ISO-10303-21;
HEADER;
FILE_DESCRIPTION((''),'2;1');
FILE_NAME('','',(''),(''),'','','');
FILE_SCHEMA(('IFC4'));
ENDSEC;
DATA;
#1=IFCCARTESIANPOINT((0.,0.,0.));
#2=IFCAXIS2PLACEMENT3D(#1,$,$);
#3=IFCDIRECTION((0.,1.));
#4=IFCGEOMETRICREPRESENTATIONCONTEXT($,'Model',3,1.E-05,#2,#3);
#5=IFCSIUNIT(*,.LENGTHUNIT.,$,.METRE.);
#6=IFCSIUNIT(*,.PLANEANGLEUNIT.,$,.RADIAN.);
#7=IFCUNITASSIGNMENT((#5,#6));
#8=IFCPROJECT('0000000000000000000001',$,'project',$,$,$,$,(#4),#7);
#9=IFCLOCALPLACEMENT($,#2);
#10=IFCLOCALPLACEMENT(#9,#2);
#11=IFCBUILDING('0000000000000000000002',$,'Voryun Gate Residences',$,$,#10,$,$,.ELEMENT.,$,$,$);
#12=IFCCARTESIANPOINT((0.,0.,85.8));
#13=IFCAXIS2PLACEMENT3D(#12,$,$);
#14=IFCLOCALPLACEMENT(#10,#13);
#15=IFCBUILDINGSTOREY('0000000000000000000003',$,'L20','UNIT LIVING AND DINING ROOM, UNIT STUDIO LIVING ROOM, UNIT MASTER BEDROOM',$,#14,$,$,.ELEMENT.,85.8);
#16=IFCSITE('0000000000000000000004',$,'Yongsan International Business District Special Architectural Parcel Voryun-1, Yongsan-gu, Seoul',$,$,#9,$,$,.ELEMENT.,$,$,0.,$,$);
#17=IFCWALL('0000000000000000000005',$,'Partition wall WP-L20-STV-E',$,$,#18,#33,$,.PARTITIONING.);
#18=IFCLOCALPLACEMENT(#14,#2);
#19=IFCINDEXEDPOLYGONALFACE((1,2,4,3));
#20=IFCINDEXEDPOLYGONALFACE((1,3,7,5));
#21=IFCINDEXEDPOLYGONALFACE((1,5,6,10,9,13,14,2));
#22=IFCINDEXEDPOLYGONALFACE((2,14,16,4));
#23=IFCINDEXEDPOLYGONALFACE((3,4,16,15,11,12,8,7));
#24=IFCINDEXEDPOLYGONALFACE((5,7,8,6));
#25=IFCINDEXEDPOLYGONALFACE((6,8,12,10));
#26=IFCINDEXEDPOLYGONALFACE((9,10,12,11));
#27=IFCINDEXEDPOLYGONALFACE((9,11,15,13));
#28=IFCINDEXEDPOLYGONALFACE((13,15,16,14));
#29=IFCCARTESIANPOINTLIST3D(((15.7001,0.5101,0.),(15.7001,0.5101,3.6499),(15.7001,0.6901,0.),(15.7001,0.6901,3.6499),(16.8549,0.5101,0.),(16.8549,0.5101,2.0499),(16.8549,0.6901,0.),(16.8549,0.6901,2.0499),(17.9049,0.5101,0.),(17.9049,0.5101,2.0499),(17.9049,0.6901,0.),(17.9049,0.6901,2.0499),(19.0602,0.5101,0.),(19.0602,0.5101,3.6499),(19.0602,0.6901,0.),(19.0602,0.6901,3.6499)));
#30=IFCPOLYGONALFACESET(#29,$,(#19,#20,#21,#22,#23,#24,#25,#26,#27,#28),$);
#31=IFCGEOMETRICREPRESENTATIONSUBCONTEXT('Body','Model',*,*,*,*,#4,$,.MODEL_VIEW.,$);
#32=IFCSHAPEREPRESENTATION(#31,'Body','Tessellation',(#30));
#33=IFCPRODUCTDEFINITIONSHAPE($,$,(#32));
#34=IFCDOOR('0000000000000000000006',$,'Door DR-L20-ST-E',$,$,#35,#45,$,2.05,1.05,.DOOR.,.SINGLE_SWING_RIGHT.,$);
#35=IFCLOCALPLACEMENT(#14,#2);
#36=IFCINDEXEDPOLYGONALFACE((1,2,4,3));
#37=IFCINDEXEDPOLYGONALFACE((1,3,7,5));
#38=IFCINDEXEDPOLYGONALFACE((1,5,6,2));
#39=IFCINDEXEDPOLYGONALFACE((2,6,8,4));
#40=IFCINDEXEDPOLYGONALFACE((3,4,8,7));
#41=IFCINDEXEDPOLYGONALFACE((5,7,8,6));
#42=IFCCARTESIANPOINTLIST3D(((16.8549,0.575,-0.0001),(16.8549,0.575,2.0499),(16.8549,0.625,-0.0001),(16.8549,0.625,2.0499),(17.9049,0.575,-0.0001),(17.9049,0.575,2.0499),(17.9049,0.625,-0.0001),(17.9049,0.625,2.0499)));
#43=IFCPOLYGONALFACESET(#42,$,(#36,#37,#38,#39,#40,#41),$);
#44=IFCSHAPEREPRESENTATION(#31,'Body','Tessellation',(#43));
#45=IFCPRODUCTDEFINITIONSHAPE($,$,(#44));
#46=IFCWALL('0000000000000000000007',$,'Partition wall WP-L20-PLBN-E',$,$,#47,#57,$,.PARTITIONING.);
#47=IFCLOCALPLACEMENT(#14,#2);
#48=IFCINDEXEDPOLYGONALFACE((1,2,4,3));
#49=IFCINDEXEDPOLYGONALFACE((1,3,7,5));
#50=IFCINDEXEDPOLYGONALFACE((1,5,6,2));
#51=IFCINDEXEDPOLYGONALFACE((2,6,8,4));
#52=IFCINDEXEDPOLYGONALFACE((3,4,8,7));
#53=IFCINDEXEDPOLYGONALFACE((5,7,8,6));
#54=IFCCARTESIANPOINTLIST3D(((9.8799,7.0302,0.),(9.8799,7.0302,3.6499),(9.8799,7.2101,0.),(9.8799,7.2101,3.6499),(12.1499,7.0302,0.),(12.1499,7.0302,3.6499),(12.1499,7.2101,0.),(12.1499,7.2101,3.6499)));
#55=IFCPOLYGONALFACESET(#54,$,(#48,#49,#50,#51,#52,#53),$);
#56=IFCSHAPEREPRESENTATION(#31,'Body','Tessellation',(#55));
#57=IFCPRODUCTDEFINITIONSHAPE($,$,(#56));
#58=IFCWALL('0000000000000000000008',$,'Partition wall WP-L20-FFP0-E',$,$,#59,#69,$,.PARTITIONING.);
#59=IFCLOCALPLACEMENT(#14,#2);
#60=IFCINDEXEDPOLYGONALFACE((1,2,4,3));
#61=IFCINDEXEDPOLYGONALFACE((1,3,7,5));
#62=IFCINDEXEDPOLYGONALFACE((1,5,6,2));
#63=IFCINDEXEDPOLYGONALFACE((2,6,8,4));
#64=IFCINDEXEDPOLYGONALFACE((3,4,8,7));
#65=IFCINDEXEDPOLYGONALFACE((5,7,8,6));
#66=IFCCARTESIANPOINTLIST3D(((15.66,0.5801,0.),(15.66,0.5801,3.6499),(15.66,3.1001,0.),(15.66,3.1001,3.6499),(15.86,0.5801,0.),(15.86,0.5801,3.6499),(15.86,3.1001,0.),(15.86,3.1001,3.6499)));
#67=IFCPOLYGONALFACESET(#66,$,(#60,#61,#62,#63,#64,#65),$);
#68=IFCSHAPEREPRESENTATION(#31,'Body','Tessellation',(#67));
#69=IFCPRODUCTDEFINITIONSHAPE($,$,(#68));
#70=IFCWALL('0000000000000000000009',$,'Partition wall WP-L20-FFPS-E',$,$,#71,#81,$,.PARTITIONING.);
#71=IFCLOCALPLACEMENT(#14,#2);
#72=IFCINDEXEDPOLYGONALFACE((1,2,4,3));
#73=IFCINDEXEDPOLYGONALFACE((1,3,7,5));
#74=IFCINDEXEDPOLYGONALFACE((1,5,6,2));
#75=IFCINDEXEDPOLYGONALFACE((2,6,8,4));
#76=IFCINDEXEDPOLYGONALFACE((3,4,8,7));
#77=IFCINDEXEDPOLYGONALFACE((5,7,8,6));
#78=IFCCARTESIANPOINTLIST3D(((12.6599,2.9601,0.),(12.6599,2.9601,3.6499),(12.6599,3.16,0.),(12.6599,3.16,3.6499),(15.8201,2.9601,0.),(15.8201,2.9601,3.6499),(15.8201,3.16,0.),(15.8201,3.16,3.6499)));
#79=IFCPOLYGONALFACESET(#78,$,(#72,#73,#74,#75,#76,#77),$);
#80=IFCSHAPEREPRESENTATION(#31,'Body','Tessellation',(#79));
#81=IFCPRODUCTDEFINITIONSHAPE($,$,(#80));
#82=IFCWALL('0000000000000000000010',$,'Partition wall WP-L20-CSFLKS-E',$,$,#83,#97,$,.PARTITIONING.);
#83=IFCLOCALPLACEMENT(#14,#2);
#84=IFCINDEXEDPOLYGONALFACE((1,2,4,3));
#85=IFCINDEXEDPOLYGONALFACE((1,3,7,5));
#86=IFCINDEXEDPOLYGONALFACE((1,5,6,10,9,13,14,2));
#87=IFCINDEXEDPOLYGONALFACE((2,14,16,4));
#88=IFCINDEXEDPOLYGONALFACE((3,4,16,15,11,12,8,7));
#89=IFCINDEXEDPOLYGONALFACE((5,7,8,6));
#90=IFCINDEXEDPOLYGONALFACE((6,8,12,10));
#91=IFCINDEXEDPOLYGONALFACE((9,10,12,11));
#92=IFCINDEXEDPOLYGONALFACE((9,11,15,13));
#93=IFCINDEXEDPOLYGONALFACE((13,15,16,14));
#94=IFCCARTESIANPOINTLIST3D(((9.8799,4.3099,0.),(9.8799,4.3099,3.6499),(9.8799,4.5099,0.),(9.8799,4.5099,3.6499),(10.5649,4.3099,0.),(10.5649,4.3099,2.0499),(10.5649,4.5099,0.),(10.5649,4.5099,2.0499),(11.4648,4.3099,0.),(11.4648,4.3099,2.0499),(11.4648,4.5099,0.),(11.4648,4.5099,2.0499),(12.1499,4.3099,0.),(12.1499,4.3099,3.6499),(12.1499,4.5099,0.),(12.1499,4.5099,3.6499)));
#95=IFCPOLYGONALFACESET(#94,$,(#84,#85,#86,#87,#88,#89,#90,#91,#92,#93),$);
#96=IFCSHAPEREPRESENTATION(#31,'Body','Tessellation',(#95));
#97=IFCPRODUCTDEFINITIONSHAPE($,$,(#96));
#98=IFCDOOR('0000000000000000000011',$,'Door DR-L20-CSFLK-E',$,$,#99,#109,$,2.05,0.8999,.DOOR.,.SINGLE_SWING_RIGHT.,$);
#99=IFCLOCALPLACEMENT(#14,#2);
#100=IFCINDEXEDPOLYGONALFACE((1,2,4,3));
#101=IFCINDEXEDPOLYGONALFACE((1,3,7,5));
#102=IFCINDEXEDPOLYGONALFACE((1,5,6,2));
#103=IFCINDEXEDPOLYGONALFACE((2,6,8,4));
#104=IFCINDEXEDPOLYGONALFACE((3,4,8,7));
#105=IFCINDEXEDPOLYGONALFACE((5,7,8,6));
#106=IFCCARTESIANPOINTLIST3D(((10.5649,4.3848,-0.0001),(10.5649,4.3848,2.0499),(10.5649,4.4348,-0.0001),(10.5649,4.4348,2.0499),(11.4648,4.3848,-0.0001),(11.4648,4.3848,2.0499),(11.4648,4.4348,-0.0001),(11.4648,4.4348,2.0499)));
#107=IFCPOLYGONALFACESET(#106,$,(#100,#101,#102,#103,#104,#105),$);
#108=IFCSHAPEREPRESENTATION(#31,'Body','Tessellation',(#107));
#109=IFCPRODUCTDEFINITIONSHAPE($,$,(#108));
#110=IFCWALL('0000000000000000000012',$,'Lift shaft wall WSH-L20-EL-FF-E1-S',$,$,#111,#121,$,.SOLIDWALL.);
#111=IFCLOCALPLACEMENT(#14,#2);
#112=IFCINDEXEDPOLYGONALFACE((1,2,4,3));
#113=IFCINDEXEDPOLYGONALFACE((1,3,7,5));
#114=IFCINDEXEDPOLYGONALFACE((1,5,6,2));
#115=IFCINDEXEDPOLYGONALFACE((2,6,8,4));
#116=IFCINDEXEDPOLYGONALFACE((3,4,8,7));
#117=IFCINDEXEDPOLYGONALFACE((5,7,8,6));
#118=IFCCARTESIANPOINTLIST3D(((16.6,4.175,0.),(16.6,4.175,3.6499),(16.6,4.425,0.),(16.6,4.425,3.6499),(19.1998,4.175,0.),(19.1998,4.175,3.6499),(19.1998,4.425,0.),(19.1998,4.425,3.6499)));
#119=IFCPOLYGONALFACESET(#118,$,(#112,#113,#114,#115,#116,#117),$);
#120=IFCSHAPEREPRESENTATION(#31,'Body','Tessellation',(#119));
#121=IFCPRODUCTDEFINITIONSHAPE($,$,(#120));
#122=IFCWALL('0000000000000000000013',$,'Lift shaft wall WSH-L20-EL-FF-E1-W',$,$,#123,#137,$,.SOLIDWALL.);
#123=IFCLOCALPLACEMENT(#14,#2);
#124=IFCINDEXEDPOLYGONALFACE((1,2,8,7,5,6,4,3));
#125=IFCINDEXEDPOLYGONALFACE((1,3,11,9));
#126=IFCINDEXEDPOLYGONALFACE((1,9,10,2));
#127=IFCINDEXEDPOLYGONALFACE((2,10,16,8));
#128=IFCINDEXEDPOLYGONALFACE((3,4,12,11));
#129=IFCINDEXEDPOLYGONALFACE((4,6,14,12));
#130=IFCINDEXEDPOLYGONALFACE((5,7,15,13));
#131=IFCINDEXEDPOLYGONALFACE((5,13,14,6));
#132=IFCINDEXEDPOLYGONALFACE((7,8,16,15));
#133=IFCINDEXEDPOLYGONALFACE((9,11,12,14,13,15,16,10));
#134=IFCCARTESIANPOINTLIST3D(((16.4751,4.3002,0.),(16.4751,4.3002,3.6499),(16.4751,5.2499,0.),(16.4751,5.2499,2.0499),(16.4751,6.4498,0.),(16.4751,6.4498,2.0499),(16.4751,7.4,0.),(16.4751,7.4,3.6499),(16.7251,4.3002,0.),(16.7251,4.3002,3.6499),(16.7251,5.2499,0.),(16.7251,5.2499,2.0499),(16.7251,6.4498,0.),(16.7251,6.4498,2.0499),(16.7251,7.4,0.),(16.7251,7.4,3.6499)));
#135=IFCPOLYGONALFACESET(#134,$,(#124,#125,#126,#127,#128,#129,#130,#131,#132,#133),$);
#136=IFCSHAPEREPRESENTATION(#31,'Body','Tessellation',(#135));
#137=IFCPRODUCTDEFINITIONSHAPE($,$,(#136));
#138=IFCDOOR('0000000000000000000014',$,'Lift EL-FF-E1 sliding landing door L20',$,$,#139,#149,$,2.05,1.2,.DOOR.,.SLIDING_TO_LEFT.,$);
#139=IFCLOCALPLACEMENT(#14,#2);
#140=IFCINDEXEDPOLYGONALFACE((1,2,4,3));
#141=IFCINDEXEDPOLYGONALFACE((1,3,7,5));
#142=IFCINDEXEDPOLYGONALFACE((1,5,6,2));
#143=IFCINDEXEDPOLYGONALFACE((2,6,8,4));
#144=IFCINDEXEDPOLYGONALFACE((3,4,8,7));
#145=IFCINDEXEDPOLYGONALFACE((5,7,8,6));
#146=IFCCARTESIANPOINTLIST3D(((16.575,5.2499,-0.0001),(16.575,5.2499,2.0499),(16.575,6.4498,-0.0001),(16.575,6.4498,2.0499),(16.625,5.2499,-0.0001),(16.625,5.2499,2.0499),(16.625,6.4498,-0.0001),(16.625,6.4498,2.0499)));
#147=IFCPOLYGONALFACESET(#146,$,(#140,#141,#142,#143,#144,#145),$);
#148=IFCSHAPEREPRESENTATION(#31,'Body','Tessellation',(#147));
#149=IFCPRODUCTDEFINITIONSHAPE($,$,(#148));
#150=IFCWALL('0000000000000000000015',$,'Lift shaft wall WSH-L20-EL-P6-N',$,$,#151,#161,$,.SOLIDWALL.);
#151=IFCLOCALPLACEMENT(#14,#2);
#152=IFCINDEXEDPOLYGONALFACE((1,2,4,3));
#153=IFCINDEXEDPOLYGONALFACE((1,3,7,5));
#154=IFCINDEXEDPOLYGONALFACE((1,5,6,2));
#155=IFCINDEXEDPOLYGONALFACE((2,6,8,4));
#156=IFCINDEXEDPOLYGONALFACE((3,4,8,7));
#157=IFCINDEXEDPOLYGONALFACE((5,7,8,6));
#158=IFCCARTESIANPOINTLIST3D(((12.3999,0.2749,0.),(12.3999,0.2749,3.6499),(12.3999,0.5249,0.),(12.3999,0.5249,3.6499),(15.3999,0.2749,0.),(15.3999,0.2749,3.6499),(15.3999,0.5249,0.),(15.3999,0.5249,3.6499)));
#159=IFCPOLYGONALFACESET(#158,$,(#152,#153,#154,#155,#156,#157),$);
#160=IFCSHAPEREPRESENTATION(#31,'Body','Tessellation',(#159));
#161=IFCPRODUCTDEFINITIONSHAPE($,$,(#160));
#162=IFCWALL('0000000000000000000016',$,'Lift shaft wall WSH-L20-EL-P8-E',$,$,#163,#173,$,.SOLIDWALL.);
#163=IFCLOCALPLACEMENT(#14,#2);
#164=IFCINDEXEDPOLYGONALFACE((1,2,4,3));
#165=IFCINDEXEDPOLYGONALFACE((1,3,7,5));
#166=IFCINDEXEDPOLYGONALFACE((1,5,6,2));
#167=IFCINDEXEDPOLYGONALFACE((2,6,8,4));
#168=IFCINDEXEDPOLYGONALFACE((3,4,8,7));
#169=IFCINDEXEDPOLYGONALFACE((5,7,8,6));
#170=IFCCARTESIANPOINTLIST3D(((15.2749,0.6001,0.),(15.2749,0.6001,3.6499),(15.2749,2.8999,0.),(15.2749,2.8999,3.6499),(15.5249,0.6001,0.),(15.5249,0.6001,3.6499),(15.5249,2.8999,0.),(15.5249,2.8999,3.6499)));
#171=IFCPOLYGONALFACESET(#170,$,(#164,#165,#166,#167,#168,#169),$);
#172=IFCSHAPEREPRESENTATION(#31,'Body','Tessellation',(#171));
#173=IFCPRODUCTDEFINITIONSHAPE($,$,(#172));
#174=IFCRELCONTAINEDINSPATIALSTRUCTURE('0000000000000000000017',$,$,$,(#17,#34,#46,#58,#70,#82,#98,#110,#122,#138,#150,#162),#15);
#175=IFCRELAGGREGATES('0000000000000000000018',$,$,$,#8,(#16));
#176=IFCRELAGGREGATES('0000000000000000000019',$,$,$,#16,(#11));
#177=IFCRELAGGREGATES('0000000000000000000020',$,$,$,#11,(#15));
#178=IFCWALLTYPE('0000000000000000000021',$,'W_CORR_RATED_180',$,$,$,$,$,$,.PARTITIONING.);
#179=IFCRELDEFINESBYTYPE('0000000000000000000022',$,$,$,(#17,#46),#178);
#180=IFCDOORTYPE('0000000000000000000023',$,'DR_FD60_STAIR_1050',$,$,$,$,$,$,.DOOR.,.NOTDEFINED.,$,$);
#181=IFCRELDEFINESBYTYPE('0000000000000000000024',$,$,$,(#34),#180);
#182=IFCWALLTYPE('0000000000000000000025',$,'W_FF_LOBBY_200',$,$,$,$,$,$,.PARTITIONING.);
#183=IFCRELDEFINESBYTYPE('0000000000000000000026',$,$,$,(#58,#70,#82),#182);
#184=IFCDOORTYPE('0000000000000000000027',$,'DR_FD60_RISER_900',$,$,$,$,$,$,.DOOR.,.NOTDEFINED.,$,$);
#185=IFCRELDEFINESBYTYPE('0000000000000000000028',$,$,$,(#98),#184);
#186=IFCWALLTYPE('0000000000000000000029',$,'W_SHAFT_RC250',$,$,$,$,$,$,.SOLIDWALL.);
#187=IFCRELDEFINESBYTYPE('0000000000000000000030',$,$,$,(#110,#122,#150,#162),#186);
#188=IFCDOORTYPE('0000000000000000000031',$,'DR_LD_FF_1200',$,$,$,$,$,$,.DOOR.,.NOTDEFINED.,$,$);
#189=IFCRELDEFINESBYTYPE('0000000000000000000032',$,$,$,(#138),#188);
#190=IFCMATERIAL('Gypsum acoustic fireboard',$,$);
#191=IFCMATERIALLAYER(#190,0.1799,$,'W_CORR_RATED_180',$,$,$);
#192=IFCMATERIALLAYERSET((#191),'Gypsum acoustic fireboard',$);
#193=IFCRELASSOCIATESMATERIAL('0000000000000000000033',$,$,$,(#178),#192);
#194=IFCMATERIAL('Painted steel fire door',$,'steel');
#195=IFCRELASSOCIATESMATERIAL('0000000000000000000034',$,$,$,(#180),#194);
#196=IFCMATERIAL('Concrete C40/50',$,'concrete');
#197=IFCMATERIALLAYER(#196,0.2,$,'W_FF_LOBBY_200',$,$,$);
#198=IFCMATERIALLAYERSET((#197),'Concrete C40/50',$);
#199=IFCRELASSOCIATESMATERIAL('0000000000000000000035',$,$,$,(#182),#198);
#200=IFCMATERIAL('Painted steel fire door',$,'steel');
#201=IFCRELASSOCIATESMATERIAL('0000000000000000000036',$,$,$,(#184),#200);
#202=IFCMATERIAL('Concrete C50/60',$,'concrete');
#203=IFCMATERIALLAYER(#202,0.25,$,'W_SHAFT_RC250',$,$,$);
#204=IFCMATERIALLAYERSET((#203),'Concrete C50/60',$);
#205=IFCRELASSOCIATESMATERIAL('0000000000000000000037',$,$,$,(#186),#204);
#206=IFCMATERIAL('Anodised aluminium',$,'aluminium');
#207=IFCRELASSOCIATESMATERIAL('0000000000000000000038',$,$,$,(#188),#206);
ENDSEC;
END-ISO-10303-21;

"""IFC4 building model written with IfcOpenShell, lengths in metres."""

from ifc_helpers import new_model, si_unit, direction, frame, frame_2d, origin, place, context, subcontext, project, spatial, rectangle, extrude, material, layer, layer_set, type_object, element, fill, save


model = new_model("IFC4")

# Units and contexts
model_context = context("Model", 3, precision=1e-05, world=origin(), true_north=direction((0.0, 1.0)))
body_context = subcontext(model_context, "Body", "Model", "MODEL_VIEW")
ifc_project = project(units=[si_unit("LENGTHUNIT", "METRE"), si_unit("PLANEANGLEUNIT", "RADIAN")], contexts=[model_context])

# Site, building, storey
site_placement = place(None, origin())
site = spatial("IfcSite", under=ifc_project, at=site_placement, Name="Yongsan International Business District Special Architectural Parcel Voryun-1, Yongsan-gu, Seoul", CompositionType="ELEMENT", RefElevation=0.0)
building_placement = place(site_placement, origin())
building = spatial("IfcBuilding", under=site, at=building_placement, Name="Voryun Gate Residences", CompositionType="ELEMENT")
storey_placement = place(building_placement, frame((0.0, 0.0, 85.8)))
storey = spatial("IfcBuildingStorey", under=building, at=storey_placement, Name="L20", Description="UNIT LIVING AND DINING ROOM, UNIT STUDIO LIVING ROOM, UNIT MASTER BEDROOM", CompositionType="ELEMENT", Elevation=85.8)

# Wall, opening, door
ifc_material_1 = material(Name="Gypsum acoustic fireboard")
ifc_layer_1 = layer(ifc_material_1, 0.1799, Name="W_CORR_RATED_180")
ifc_layer_set_1 = layer_set([ifc_layer_1], Name="Gypsum acoustic fireboard")
wall_type_1 = type_object("IfcWallType", Name="W_CORR_RATED_180", PredefinedType="PARTITIONING", material=ifc_layer_set_1)
wall_1_placement = place(storey_placement, frame((15.7, 0.6001, 0.0), z_axis=(0.0, 0.0, 1.0), x_axis=(1.0, 0.0, 0.0)))
wall_1 = element("IfcWall", 1, at=wall_1_placement, inside=storey, type_object=wall_type_1, Name="Partition wall WP-L20-STV-E", PredefinedType="PARTITIONING", context=body_context, shape_type="SweptSolid", body=[
    extrude(rectangle(XDim=3.3601, YDim=0.1799, at=frame_2d((1.6802, 0.0))), origin(), (0.0, 0.0, 1.0), 3.6499),
])
opening_1_placement = place(wall_1_placement, frame((1.155, 0.0, 0.0)))
opening_1 = element("IfcOpeningElement", 2, at=opening_1_placement, cuts=wall_1, PredefinedType="OPENING", context=body_context, shape_type="SweptSolid", body=[
    extrude(rectangle(XDim=1.05, YDim=2.05, at=frame_2d((0.5249, 1.0249))), frame((0.0, 0.0999, 0.0), z_axis=(0.0, -1.0, 0.0), x_axis=(1.0, 0.0, 0.0)), (0.0, 0.0, 1.0), 0.2),
])
ifc_material_2 = material(Name="Painted steel fire door", Category="steel")
door_type_1 = type_object("IfcDoorType", Name="DR_FD60_STAIR_1050", OperationType="NOTDEFINED", PredefinedType="DOOR", material=ifc_material_2)
door_1_placement = place(opening_1_placement, origin())
door_1 = element("IfcDoor", 3, at=door_1_placement, inside=storey, type_object=door_type_1, Name="Door DR-L20-ST-E", OperationType="SINGLE_SWING_RIGHT", OverallHeight=2.05, OverallWidth=1.05, PredefinedType="DOOR", context=body_context, shape_type="SweptSolid", body=[
    extrude(rectangle(XDim=1.05, YDim=2.05, at=frame_2d((0.5249, 1.0249))), frame((0.0, 0.0249, 0.0), z_axis=(0.0, -1.0, 0.0), x_axis=(1.0, 0.0, 0.0)), (0.0, 0.0, 1.0), 0.05),
])
fill(opening_1, door_1)

# Walls
wall_2_placement = place(storey_placement, frame((9.8799, 7.1201, 0.0), z_axis=(0.0, 0.0, 1.0), x_axis=(1.0, 0.0, 0.0)))
element("IfcWall", 4, at=wall_2_placement, inside=storey, type_object=wall_type_1, Name="Partition wall WP-L20-PLBN-E", PredefinedType="PARTITIONING", context=body_context, shape_type="SweptSolid", body=[
    extrude(rectangle(XDim=2.27, YDim=0.1799, at=frame_2d((1.135, 0.0))), origin(), (0.0, 0.0, 1.0), 3.6499),
])
ifc_material_3 = material(Name="Concrete C40/50", Category="concrete")
ifc_layer_2 = layer(ifc_material_3, 0.2, Name="W_FF_LOBBY_200")
ifc_layer_set_2 = layer_set([ifc_layer_2], Name="Concrete C40/50")
wall_type_2 = type_object("IfcWallType", Name="W_FF_LOBBY_200", PredefinedType="PARTITIONING", material=ifc_layer_set_2)
wall_3_placement = place(storey_placement, frame((15.76, 0.5801, 0.0), z_axis=(0.0, 0.0, 1.0), x_axis=(0.0, 1.0, 0.0)))
element("IfcWall", 5, at=wall_3_placement, inside=storey, type_object=wall_type_2, Name="Partition wall WP-L20-FFP0-E", PredefinedType="PARTITIONING", context=body_context, shape_type="SweptSolid", body=[
    extrude(rectangle(XDim=2.52, YDim=0.2, at=frame_2d((1.26, 0.0))), origin(), (0.0, 0.0, 1.0), 3.6499),
])
wall_4_placement = place(storey_placement, frame((12.6599, 3.0601, 0.0), z_axis=(0.0, 0.0, 1.0), x_axis=(1.0, 0.0, 0.0)))
element("IfcWall", 6, at=wall_4_placement, inside=storey, type_object=wall_type_2, Name="Partition wall WP-L20-FFPS-E", PredefinedType="PARTITIONING", context=body_context, shape_type="SweptSolid", body=[
    extrude(rectangle(XDim=3.1602, YDim=0.2, at=frame_2d((1.5801, 0.0))), origin(), (0.0, 0.0, 1.0), 3.6499),
])

# Wall, opening, door
wall_5_placement = place(storey_placement, frame((9.8799, 4.4099, 0.0), z_axis=(0.0, 0.0, 1.0), x_axis=(1.0, 0.0, 0.0)))
wall_5 = element("IfcWall", 7, at=wall_5_placement, inside=storey, type_object=wall_type_2, Name="Partition wall WP-L20-CSFLKS-E", PredefinedType="PARTITIONING", context=body_context, shape_type="SweptSolid", body=[
    extrude(rectangle(XDim=2.27, YDim=0.2, at=frame_2d((1.135, 0.0))), origin(), (0.0, 0.0, 1.0), 3.6499),
])
opening_2_placement = place(wall_5_placement, frame((0.6851, 0.0, 0.0)))
opening_2 = element("IfcOpeningElement", 8, at=opening_2_placement, cuts=wall_5, PredefinedType="OPENING", context=body_context, shape_type="SweptSolid", body=[
    extrude(rectangle(XDim=0.8999, YDim=2.05, at=frame_2d((0.45, 1.0249))), frame((0.0, 0.1101, 0.0), z_axis=(0.0, -1.0, 0.0), x_axis=(1.0, 0.0, 0.0)), (0.0, 0.0, 1.0), 0.22),
])
ifc_material_4 = material(Name="Painted steel fire door", Category="steel")
door_type_2 = type_object("IfcDoorType", Name="DR_FD60_RISER_900", OperationType="NOTDEFINED", PredefinedType="DOOR", material=ifc_material_4)
door_2_placement = place(opening_2_placement, origin())
door_2 = element("IfcDoor", 9, at=door_2_placement, inside=storey, type_object=door_type_2, Name="Door DR-L20-CSFLK-E", OperationType="SINGLE_SWING_RIGHT", OverallHeight=2.05, OverallWidth=0.8999, PredefinedType="DOOR", context=body_context, shape_type="SweptSolid", body=[
    extrude(rectangle(XDim=0.8999, YDim=2.05, at=frame_2d((0.45, 1.0249))), frame((0.0, 0.0249, 0.0), z_axis=(0.0, -1.0, 0.0), x_axis=(1.0, 0.0, 0.0)), (0.0, 0.0, 1.0), 0.05),
])
fill(opening_2, door_2)

# Wall
ifc_material_5 = material(Name="Concrete C50/60", Category="concrete")
ifc_layer_3 = layer(ifc_material_5, 0.25, Name="W_SHAFT_RC250")
ifc_layer_set_3 = layer_set([ifc_layer_3], Name="Concrete C50/60")
wall_type_3 = type_object("IfcWallType", Name="W_SHAFT_RC250", PredefinedType="SOLIDWALL", material=ifc_layer_set_3)
wall_6_placement = place(storey_placement, frame((16.6001, 4.3, 0.0), z_axis=(0.0, 0.0, 1.0), x_axis=(1.0, 0.0, 0.0)))
element("IfcWall", 10, at=wall_6_placement, inside=storey, type_object=wall_type_3, Name="Lift shaft wall WSH-L20-EL-FF-E1-S", PredefinedType="SOLIDWALL", context=body_context, shape_type="SweptSolid", body=[
    extrude(rectangle(XDim=2.5999, YDim=0.25, at=frame_2d((1.2998, 0.0))), origin(), (0.0, 0.0, 1.0), 3.6499),
])

# Wall, opening, door
wall_7_placement = place(storey_placement, frame((16.6001, 7.3999, 0.0), z_axis=(0.0, 0.0, 1.0), x_axis=(0.0, -1.0, 0.0)))
wall_7 = element("IfcWall", 11, at=wall_7_placement, inside=storey, type_object=wall_type_3, Name="Lift shaft wall WSH-L20-EL-FF-E1-W", PredefinedType="SOLIDWALL", context=body_context, shape_type="SweptSolid", body=[
    extrude(rectangle(XDim=3.0999, YDim=0.25, at=frame_2d((1.5498, 0.0))), origin(), (0.0, 0.0, 1.0), 3.6499),
])
opening_3_placement = place(wall_7_placement, frame((0.95, 0.0, 0.0)))
opening_3 = element("IfcOpeningElement", 12, at=opening_3_placement, cuts=wall_7, PredefinedType="OPENING", context=body_context, shape_type="SweptSolid", body=[
    extrude(rectangle(XDim=1.2, YDim=2.05, at=frame_2d((0.6001, 1.0249))), frame((0.0, 0.135, 0.0), z_axis=(0.0, -1.0, 0.0), x_axis=(1.0, 0.0, 0.0)), (0.0, 0.0, 1.0), 0.27),
])
ifc_material_6 = material(Name="Anodised aluminium", Category="aluminium")
door_type_3 = type_object("IfcDoorType", Name="DR_LD_FF_1200", OperationType="NOTDEFINED", PredefinedType="DOOR", material=ifc_material_6)
door_3_placement = place(opening_3_placement, origin())
door_3 = element("IfcDoor", 13, at=door_3_placement, inside=storey, type_object=door_type_3, Name="Lift EL-FF-E1 sliding landing door L20", OperationType="SLIDING_TO_LEFT", OverallHeight=2.05, OverallWidth=1.2, PredefinedType="DOOR", context=body_context, shape_type="SweptSolid", body=[
    extrude(rectangle(XDim=1.2, YDim=2.05, at=frame_2d((0.6001, 1.0249))), frame((0.0, 0.0249, 0.0), z_axis=(0.0, -1.0, 0.0), x_axis=(1.0, 0.0, 0.0)), (0.0, 0.0, 1.0), 0.05),
])
fill(opening_3, door_3)

# Walls
wall_8_placement = place(storey_placement, frame((15.3999, 0.3999, 0.0), z_axis=(0.0, 0.0, 1.0), x_axis=(-1.0, 0.0, 0.0)))
element("IfcWall", 14, at=wall_8_placement, inside=storey, type_object=wall_type_3, Name="Lift shaft wall WSH-L20-EL-P6-N", PredefinedType="SOLIDWALL", context=body_context, shape_type="SweptSolid", body=[
    extrude(rectangle(XDim=3.0, YDim=0.25, at=frame_2d((1.5, 0.0))), origin(), (0.0, 0.0, 1.0), 3.6499),
])
wall_9_placement = place(storey_placement, frame((15.3999, 0.6001, 0.0), z_axis=(0.0, 0.0, 1.0), x_axis=(0.0, 1.0, 0.0)))
element("IfcWall", 15, at=wall_9_placement, inside=storey, type_object=wall_type_3, Name="Lift shaft wall WSH-L20-EL-P8-E", PredefinedType="SOLIDWALL", context=body_context, shape_type="SweptSolid", body=[
    extrude(rectangle(XDim=2.2998, YDim=0.25, at=frame_2d((1.1499, 0.0))), origin(), (0.0, 0.0, 1.0), 3.6499),
])

save(model, "model.ifc")
